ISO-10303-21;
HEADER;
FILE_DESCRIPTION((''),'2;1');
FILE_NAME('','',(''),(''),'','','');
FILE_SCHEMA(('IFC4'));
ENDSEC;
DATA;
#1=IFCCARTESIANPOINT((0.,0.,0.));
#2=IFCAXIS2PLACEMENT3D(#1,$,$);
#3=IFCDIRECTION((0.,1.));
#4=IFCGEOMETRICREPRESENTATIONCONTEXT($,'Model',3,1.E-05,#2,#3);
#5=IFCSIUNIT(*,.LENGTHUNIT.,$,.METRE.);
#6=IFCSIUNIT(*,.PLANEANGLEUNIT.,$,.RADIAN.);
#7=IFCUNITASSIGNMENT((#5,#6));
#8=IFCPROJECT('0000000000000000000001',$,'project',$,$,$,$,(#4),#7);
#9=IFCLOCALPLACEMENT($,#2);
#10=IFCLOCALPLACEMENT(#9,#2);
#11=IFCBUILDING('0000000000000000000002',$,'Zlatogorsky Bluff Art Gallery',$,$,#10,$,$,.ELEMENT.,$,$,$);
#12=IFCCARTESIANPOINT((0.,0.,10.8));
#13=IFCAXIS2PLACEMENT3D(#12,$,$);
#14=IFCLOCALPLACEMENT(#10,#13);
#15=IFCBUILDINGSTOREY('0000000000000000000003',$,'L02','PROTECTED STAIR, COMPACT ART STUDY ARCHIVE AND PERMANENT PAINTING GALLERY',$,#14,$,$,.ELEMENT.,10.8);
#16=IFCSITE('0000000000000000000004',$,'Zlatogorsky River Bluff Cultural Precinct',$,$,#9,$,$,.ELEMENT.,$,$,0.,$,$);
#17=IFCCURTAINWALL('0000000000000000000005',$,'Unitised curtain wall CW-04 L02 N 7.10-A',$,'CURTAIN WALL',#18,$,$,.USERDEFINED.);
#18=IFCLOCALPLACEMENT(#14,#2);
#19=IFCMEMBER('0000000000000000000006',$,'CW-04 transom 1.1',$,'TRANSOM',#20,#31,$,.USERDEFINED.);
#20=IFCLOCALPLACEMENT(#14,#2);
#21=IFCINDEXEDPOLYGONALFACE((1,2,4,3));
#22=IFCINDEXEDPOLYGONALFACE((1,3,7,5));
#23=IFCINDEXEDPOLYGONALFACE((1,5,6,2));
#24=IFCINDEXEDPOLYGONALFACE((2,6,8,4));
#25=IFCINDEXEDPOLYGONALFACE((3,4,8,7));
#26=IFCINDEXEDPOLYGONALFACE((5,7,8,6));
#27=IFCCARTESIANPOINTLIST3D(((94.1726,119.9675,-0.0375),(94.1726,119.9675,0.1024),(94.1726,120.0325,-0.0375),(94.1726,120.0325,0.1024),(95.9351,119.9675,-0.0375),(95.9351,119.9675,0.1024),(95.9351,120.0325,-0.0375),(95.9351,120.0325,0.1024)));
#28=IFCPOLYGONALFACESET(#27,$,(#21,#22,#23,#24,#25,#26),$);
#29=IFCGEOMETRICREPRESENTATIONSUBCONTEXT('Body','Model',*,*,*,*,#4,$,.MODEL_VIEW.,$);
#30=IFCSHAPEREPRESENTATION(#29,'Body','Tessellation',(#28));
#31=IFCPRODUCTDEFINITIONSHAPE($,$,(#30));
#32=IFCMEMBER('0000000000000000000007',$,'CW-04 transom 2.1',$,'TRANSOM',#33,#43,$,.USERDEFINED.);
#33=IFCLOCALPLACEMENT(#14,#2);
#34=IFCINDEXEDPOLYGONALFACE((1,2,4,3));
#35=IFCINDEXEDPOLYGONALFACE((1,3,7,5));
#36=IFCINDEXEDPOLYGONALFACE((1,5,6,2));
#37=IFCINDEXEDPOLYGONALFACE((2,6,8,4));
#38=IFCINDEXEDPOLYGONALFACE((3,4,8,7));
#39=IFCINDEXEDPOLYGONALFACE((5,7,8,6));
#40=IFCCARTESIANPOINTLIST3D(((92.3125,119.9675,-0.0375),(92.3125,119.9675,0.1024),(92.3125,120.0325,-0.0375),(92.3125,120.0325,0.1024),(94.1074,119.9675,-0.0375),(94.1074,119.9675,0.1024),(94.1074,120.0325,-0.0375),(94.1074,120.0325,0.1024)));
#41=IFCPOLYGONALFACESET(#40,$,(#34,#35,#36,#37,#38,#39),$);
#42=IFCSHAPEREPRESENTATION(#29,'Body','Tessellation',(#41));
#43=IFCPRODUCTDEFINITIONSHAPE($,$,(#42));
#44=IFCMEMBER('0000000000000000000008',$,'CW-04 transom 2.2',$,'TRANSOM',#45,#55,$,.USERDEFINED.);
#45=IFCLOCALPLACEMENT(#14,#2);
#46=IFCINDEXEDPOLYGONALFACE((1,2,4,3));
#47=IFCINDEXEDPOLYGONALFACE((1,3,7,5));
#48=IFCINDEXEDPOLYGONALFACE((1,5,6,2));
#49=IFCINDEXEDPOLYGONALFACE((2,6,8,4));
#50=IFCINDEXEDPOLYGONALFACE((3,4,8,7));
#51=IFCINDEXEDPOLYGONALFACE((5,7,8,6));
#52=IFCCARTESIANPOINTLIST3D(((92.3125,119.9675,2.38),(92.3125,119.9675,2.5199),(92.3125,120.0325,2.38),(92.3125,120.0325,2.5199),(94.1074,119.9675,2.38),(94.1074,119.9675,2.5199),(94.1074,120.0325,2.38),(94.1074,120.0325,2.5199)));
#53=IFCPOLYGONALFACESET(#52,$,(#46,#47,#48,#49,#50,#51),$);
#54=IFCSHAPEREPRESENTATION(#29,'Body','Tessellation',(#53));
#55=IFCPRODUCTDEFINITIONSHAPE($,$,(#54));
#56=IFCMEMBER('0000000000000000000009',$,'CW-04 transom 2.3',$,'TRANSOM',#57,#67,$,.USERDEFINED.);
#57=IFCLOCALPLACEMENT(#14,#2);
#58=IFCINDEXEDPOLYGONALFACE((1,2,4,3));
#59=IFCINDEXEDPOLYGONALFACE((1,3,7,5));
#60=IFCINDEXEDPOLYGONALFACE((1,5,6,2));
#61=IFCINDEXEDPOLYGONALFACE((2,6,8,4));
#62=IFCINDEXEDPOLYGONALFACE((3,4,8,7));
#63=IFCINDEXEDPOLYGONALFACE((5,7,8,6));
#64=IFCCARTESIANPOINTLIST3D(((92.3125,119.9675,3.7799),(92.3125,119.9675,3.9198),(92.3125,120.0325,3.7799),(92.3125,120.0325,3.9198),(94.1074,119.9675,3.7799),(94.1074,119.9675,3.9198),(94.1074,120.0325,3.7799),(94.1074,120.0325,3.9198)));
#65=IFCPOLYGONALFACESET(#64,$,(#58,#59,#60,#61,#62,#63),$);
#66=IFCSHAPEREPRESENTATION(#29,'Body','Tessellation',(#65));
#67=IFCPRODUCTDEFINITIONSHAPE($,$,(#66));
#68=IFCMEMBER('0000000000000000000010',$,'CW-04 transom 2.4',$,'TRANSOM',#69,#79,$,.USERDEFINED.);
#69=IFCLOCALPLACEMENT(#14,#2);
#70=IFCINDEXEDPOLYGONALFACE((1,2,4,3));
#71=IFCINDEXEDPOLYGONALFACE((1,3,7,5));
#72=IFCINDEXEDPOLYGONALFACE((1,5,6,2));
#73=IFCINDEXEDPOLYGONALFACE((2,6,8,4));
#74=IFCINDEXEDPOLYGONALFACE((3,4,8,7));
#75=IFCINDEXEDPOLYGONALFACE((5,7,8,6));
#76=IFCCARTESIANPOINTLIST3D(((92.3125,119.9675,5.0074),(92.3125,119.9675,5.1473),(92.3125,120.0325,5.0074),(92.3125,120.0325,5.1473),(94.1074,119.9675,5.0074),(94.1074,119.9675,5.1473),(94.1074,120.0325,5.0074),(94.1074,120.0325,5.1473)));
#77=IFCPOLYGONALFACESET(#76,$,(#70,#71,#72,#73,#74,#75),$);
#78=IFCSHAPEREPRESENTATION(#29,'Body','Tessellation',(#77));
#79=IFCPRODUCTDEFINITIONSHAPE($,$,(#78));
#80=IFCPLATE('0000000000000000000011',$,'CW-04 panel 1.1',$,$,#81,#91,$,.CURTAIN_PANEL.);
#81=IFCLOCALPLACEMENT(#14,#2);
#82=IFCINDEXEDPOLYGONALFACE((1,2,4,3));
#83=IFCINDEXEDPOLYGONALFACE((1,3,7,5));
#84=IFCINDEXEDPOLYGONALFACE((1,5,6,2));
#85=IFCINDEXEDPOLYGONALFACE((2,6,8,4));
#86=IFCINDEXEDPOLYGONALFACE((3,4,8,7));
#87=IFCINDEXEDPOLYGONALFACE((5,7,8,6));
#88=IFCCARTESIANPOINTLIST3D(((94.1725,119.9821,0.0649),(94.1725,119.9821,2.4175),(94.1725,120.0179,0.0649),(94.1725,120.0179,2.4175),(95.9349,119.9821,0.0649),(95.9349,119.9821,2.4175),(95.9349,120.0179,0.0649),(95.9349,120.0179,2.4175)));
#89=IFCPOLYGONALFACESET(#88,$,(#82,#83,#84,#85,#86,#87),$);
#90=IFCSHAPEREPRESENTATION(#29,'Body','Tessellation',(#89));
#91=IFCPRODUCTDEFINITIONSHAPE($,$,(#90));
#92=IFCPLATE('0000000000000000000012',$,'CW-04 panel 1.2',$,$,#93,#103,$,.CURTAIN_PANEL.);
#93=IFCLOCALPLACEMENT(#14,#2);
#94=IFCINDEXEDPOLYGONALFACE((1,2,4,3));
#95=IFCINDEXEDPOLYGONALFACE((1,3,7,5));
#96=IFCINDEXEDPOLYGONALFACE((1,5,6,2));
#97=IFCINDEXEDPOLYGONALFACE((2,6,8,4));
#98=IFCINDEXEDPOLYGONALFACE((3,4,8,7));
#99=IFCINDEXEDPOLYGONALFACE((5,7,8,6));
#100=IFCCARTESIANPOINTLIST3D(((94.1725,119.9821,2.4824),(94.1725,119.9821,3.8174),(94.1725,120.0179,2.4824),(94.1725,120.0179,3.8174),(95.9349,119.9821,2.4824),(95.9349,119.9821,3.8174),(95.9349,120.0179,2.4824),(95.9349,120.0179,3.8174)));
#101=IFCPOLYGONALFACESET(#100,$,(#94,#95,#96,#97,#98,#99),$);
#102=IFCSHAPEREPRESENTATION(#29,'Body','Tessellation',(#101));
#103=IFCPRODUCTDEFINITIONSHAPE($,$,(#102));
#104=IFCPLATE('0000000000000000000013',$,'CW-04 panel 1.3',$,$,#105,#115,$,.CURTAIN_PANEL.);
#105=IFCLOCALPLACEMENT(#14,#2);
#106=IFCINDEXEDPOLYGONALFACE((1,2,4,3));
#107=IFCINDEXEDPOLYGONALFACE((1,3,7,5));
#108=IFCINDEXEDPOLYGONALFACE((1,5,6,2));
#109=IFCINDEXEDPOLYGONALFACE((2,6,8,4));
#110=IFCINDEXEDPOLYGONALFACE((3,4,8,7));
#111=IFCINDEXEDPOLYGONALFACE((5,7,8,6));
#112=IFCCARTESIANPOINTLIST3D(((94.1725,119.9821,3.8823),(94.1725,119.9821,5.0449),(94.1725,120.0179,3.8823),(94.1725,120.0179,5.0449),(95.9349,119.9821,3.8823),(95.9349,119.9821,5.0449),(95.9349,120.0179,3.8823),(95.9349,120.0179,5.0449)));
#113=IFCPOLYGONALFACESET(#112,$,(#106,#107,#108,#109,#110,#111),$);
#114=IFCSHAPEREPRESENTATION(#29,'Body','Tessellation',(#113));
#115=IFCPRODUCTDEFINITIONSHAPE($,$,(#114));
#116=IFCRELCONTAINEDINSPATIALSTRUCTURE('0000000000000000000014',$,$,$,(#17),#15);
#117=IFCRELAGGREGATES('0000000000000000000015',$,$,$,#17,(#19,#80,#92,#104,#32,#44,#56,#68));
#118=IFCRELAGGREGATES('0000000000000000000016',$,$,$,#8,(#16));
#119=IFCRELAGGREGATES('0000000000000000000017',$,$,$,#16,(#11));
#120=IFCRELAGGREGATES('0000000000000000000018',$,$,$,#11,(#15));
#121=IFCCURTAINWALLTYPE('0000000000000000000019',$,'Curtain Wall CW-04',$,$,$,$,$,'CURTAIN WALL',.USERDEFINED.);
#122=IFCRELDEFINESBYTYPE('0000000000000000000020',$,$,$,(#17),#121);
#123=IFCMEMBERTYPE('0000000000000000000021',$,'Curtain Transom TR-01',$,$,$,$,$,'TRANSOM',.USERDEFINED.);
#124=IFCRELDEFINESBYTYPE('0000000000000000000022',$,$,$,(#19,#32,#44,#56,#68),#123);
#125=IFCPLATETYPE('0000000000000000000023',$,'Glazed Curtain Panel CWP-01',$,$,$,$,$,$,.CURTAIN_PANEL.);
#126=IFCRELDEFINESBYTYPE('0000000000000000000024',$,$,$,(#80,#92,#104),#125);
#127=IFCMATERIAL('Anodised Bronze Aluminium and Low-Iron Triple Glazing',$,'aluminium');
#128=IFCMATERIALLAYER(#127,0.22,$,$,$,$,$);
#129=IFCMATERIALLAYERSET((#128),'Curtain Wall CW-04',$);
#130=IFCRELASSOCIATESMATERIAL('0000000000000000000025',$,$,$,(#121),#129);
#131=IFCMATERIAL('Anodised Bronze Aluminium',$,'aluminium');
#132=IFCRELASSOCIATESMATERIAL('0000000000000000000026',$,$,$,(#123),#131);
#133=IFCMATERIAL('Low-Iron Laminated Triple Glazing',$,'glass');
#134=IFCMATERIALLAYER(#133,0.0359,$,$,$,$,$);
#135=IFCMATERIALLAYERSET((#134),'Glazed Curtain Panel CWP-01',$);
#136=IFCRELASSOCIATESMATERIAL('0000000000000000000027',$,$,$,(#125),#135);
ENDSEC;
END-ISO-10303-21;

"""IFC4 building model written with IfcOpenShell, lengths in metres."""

from ifc_helpers import new_model, si_unit, direction, frame, origin, origin_2d, place, context, subcontext, project, spatial, rectangle, extrude, material, layer, layer_set, material_profile, profile_set, type_object, element, aggregate, save


model = new_model("IFC4")

# Units and contexts
model_context = context("Model", 3, precision=1e-05, world=origin(), true_north=direction((0.0, 1.0)))
body_context = subcontext(model_context, "Body", "Model", "MODEL_VIEW")
ifc_project = project(units=[si_unit("LENGTHUNIT", "METRE"), si_unit("PLANEANGLEUNIT", "RADIAN")], contexts=[model_context])

# Site, building, storey
site_placement = place(None, origin())
site = spatial("IfcSite", under=ifc_project, at=site_placement, Name="Zlatogorsky River Bluff Cultural Precinct", CompositionType="ELEMENT", RefElevation=0.0)
building_placement = place(site_placement, origin())
building = spatial("IfcBuilding", under=site, at=building_placement, Name="Zlatogorsky Bluff Art Gallery", CompositionType="ELEMENT")
storey_placement = place(building_placement, frame((0.0, 0.0, 10.8)))
storey = spatial("IfcBuildingStorey", under=building, at=storey_placement, Name="L02", Description="PROTECTED STAIR, COMPACT ART STUDY ARCHIVE AND PERMANENT PAINTING GALLERY", CompositionType="ELEMENT", Elevation=10.8)

# Curtain wall, members, plates
ifc_material_1 = material(Name="Anodised Bronze Aluminium and Low-Iron Triple Glazing", Category="aluminium")
ifc_layer_1 = layer(ifc_material_1, 0.22)
ifc_layer_set_1 = layer_set([ifc_layer_1], Name="Curtain Wall CW-04")
curtain_wall_type = type_object("IfcCurtainWallType", Name="Curtain Wall CW-04", ElementType="CURTAIN WALL", PredefinedType="USERDEFINED", material=ifc_layer_set_1)
curtain_wall_placement = place(storey_placement, origin())
curtain_wall = element("IfcCurtainWall", 1, at=curtain_wall_placement, inside=storey, type_object=curtain_wall_type, Name="Unitised curtain wall CW-04 L02 N 7.10-A", ObjectType="CURTAIN WALL", PredefinedType="USERDEFINED")
ifc_material_2 = material(Name="Anodised Bronze Aluminium", Category="aluminium")
ifc_material_profile_1 = material_profile(ifc_material_2, rectangle(XDim=0.0649, YDim=0.1399, at=origin_2d()), Name="ALU TRANSOM 65x140")
ifc_profile_set_1 = profile_set([ifc_material_profile_1], Name="Anodised Bronze Aluminium")
member_type_1 = type_object("IfcMemberType", Name="Curtain Transom TR-01", ElementType="TRANSOM", PredefinedType="USERDEFINED", material=ifc_profile_set_1)
member_1_placement = place(storey_placement, frame((95.9351, 120.0, 0.0325), z_axis=(-1.0, 0.0, 0.0), x_axis=(0.0, -1.0, 0.0)))
member_1 = element("IfcMember", 2, at=member_1_placement, type_object=member_type_1, Name="CW-04 transom 1.1", ObjectType="TRANSOM", PredefinedType="USERDEFINED", context=body_context, shape_type="SweptSolid", body=[
    extrude(rectangle(XDim=0.0649, YDim=0.1399, at=origin_2d()), origin(), (0.0, 0.0, 1.0), 1.7625),
])
member_2_placement = place(storey_placement, frame((94.1074, 120.0, 0.0325), z_axis=(-1.0, 0.0, 0.0), x_axis=(0.0, -1.0, 0.0)))
member_2 = element("IfcMember", 3, at=member_2_placement, type_object=member_type_1, Name="CW-04 transom 2.1", ObjectType="TRANSOM", PredefinedType="USERDEFINED", context=body_context, shape_type="SweptSolid", body=[
    extrude(rectangle(XDim=0.0649, YDim=0.1399, at=origin_2d()), origin(), (0.0, 0.0, 1.0), 1.7949),
])
member_3_placement = place(storey_placement, frame((94.1074, 120.0, 2.45), z_axis=(-1.0, 0.0, 0.0), x_axis=(0.0, -1.0, 0.0)))
member_3 = element("IfcMember", 4, at=member_3_placement, type_object=member_type_1, Name="CW-04 transom 2.2", ObjectType="TRANSOM", PredefinedType="USERDEFINED", context=body_context, shape_type="SweptSolid", body=[
    extrude(rectangle(XDim=0.0649, YDim=0.1399, at=origin_2d()), origin(), (0.0, 0.0, 1.0), 1.7949),
])
member_4_placement = place(storey_placement, frame((94.1074, 120.0, 3.8499), z_axis=(-1.0, 0.0, 0.0), x_axis=(0.0, -1.0, 0.0)))
member_4 = element("IfcMember", 5, at=member_4_placement, type_object=member_type_1, Name="CW-04 transom 2.3", ObjectType="TRANSOM", PredefinedType="USERDEFINED", context=body_context, shape_type="SweptSolid", body=[
    extrude(rectangle(XDim=0.0649, YDim=0.1399, at=origin_2d()), origin(), (0.0, 0.0, 1.0), 1.7949),
])
member_5_placement = place(storey_placement, frame((94.1074, 120.0, 5.0774), z_axis=(-1.0, 0.0, 0.0), x_axis=(0.0, -1.0, 0.0)))
member_5 = element("IfcMember", 6, at=member_5_placement, type_object=member_type_1, Name="CW-04 transom 2.4", ObjectType="TRANSOM", PredefinedType="USERDEFINED", context=body_context, shape_type="SweptSolid", body=[
    extrude(rectangle(XDim=0.0649, YDim=0.1399, at=origin_2d()), origin(), (0.0, 0.0, 1.0), 1.7949),
])
ifc_material_3 = material(Name="Low-Iron Laminated Triple Glazing", Category="glass")
ifc_layer_2 = layer(ifc_material_3, 0.0359)
ifc_layer_set_2 = layer_set([ifc_layer_2], Name="Glazed Curtain Panel CWP-01")
plate_type = type_object("IfcPlateType", Name="Glazed Curtain Panel CWP-01", PredefinedType="CURTAIN_PANEL", material=ifc_layer_set_2)
plate_1_placement = place(storey_placement, frame((95.0537, 120.0, 0.0649), z_axis=(0.0, 0.0, 1.0), x_axis=(-1.0, 0.0, 0.0)))
plate_1 = element("IfcPlate", 7, at=plate_1_placement, type_object=plate_type, Name="CW-04 panel 1.1", PredefinedType="CURTAIN_PANEL", context=body_context, shape_type="SweptSolid", body=[
    extrude(rectangle(XDim=1.7625, YDim=0.0359, at=origin_2d()), origin(), (0.0, 0.0, 1.0), 2.3525),
])
plate_2_placement = place(storey_placement, frame((95.0537, 120.0, 2.4824), z_axis=(0.0, 0.0, 1.0), x_axis=(-1.0, 0.0, 0.0)))
plate_2 = element("IfcPlate", 8, at=plate_2_placement, type_object=plate_type, Name="CW-04 panel 1.2", PredefinedType="CURTAIN_PANEL", context=body_context, shape_type="SweptSolid", body=[
    extrude(rectangle(XDim=1.7625, YDim=0.0359, at=origin_2d()), origin(), (0.0, 0.0, 1.0), 1.335),
])
plate_3_placement = place(storey_placement, frame((95.0537, 120.0, 3.8823), z_axis=(0.0, 0.0, 1.0), x_axis=(-1.0, 0.0, 0.0)))
plate_3 = element("IfcPlate", 9, at=plate_3_placement, type_object=plate_type, Name="CW-04 panel 1.3", PredefinedType="CURTAIN_PANEL", context=body_context, shape_type="SweptSolid", body=[
    extrude(rectangle(XDim=1.7625, YDim=0.0359, at=origin_2d()), origin(), (0.0, 0.0, 1.0), 1.1626),
])
aggregate(curtain_wall, [member_1, plate_1, plate_2, plate_3, member_2, member_3, member_4, member_5])

save(model, "model.ifc")
